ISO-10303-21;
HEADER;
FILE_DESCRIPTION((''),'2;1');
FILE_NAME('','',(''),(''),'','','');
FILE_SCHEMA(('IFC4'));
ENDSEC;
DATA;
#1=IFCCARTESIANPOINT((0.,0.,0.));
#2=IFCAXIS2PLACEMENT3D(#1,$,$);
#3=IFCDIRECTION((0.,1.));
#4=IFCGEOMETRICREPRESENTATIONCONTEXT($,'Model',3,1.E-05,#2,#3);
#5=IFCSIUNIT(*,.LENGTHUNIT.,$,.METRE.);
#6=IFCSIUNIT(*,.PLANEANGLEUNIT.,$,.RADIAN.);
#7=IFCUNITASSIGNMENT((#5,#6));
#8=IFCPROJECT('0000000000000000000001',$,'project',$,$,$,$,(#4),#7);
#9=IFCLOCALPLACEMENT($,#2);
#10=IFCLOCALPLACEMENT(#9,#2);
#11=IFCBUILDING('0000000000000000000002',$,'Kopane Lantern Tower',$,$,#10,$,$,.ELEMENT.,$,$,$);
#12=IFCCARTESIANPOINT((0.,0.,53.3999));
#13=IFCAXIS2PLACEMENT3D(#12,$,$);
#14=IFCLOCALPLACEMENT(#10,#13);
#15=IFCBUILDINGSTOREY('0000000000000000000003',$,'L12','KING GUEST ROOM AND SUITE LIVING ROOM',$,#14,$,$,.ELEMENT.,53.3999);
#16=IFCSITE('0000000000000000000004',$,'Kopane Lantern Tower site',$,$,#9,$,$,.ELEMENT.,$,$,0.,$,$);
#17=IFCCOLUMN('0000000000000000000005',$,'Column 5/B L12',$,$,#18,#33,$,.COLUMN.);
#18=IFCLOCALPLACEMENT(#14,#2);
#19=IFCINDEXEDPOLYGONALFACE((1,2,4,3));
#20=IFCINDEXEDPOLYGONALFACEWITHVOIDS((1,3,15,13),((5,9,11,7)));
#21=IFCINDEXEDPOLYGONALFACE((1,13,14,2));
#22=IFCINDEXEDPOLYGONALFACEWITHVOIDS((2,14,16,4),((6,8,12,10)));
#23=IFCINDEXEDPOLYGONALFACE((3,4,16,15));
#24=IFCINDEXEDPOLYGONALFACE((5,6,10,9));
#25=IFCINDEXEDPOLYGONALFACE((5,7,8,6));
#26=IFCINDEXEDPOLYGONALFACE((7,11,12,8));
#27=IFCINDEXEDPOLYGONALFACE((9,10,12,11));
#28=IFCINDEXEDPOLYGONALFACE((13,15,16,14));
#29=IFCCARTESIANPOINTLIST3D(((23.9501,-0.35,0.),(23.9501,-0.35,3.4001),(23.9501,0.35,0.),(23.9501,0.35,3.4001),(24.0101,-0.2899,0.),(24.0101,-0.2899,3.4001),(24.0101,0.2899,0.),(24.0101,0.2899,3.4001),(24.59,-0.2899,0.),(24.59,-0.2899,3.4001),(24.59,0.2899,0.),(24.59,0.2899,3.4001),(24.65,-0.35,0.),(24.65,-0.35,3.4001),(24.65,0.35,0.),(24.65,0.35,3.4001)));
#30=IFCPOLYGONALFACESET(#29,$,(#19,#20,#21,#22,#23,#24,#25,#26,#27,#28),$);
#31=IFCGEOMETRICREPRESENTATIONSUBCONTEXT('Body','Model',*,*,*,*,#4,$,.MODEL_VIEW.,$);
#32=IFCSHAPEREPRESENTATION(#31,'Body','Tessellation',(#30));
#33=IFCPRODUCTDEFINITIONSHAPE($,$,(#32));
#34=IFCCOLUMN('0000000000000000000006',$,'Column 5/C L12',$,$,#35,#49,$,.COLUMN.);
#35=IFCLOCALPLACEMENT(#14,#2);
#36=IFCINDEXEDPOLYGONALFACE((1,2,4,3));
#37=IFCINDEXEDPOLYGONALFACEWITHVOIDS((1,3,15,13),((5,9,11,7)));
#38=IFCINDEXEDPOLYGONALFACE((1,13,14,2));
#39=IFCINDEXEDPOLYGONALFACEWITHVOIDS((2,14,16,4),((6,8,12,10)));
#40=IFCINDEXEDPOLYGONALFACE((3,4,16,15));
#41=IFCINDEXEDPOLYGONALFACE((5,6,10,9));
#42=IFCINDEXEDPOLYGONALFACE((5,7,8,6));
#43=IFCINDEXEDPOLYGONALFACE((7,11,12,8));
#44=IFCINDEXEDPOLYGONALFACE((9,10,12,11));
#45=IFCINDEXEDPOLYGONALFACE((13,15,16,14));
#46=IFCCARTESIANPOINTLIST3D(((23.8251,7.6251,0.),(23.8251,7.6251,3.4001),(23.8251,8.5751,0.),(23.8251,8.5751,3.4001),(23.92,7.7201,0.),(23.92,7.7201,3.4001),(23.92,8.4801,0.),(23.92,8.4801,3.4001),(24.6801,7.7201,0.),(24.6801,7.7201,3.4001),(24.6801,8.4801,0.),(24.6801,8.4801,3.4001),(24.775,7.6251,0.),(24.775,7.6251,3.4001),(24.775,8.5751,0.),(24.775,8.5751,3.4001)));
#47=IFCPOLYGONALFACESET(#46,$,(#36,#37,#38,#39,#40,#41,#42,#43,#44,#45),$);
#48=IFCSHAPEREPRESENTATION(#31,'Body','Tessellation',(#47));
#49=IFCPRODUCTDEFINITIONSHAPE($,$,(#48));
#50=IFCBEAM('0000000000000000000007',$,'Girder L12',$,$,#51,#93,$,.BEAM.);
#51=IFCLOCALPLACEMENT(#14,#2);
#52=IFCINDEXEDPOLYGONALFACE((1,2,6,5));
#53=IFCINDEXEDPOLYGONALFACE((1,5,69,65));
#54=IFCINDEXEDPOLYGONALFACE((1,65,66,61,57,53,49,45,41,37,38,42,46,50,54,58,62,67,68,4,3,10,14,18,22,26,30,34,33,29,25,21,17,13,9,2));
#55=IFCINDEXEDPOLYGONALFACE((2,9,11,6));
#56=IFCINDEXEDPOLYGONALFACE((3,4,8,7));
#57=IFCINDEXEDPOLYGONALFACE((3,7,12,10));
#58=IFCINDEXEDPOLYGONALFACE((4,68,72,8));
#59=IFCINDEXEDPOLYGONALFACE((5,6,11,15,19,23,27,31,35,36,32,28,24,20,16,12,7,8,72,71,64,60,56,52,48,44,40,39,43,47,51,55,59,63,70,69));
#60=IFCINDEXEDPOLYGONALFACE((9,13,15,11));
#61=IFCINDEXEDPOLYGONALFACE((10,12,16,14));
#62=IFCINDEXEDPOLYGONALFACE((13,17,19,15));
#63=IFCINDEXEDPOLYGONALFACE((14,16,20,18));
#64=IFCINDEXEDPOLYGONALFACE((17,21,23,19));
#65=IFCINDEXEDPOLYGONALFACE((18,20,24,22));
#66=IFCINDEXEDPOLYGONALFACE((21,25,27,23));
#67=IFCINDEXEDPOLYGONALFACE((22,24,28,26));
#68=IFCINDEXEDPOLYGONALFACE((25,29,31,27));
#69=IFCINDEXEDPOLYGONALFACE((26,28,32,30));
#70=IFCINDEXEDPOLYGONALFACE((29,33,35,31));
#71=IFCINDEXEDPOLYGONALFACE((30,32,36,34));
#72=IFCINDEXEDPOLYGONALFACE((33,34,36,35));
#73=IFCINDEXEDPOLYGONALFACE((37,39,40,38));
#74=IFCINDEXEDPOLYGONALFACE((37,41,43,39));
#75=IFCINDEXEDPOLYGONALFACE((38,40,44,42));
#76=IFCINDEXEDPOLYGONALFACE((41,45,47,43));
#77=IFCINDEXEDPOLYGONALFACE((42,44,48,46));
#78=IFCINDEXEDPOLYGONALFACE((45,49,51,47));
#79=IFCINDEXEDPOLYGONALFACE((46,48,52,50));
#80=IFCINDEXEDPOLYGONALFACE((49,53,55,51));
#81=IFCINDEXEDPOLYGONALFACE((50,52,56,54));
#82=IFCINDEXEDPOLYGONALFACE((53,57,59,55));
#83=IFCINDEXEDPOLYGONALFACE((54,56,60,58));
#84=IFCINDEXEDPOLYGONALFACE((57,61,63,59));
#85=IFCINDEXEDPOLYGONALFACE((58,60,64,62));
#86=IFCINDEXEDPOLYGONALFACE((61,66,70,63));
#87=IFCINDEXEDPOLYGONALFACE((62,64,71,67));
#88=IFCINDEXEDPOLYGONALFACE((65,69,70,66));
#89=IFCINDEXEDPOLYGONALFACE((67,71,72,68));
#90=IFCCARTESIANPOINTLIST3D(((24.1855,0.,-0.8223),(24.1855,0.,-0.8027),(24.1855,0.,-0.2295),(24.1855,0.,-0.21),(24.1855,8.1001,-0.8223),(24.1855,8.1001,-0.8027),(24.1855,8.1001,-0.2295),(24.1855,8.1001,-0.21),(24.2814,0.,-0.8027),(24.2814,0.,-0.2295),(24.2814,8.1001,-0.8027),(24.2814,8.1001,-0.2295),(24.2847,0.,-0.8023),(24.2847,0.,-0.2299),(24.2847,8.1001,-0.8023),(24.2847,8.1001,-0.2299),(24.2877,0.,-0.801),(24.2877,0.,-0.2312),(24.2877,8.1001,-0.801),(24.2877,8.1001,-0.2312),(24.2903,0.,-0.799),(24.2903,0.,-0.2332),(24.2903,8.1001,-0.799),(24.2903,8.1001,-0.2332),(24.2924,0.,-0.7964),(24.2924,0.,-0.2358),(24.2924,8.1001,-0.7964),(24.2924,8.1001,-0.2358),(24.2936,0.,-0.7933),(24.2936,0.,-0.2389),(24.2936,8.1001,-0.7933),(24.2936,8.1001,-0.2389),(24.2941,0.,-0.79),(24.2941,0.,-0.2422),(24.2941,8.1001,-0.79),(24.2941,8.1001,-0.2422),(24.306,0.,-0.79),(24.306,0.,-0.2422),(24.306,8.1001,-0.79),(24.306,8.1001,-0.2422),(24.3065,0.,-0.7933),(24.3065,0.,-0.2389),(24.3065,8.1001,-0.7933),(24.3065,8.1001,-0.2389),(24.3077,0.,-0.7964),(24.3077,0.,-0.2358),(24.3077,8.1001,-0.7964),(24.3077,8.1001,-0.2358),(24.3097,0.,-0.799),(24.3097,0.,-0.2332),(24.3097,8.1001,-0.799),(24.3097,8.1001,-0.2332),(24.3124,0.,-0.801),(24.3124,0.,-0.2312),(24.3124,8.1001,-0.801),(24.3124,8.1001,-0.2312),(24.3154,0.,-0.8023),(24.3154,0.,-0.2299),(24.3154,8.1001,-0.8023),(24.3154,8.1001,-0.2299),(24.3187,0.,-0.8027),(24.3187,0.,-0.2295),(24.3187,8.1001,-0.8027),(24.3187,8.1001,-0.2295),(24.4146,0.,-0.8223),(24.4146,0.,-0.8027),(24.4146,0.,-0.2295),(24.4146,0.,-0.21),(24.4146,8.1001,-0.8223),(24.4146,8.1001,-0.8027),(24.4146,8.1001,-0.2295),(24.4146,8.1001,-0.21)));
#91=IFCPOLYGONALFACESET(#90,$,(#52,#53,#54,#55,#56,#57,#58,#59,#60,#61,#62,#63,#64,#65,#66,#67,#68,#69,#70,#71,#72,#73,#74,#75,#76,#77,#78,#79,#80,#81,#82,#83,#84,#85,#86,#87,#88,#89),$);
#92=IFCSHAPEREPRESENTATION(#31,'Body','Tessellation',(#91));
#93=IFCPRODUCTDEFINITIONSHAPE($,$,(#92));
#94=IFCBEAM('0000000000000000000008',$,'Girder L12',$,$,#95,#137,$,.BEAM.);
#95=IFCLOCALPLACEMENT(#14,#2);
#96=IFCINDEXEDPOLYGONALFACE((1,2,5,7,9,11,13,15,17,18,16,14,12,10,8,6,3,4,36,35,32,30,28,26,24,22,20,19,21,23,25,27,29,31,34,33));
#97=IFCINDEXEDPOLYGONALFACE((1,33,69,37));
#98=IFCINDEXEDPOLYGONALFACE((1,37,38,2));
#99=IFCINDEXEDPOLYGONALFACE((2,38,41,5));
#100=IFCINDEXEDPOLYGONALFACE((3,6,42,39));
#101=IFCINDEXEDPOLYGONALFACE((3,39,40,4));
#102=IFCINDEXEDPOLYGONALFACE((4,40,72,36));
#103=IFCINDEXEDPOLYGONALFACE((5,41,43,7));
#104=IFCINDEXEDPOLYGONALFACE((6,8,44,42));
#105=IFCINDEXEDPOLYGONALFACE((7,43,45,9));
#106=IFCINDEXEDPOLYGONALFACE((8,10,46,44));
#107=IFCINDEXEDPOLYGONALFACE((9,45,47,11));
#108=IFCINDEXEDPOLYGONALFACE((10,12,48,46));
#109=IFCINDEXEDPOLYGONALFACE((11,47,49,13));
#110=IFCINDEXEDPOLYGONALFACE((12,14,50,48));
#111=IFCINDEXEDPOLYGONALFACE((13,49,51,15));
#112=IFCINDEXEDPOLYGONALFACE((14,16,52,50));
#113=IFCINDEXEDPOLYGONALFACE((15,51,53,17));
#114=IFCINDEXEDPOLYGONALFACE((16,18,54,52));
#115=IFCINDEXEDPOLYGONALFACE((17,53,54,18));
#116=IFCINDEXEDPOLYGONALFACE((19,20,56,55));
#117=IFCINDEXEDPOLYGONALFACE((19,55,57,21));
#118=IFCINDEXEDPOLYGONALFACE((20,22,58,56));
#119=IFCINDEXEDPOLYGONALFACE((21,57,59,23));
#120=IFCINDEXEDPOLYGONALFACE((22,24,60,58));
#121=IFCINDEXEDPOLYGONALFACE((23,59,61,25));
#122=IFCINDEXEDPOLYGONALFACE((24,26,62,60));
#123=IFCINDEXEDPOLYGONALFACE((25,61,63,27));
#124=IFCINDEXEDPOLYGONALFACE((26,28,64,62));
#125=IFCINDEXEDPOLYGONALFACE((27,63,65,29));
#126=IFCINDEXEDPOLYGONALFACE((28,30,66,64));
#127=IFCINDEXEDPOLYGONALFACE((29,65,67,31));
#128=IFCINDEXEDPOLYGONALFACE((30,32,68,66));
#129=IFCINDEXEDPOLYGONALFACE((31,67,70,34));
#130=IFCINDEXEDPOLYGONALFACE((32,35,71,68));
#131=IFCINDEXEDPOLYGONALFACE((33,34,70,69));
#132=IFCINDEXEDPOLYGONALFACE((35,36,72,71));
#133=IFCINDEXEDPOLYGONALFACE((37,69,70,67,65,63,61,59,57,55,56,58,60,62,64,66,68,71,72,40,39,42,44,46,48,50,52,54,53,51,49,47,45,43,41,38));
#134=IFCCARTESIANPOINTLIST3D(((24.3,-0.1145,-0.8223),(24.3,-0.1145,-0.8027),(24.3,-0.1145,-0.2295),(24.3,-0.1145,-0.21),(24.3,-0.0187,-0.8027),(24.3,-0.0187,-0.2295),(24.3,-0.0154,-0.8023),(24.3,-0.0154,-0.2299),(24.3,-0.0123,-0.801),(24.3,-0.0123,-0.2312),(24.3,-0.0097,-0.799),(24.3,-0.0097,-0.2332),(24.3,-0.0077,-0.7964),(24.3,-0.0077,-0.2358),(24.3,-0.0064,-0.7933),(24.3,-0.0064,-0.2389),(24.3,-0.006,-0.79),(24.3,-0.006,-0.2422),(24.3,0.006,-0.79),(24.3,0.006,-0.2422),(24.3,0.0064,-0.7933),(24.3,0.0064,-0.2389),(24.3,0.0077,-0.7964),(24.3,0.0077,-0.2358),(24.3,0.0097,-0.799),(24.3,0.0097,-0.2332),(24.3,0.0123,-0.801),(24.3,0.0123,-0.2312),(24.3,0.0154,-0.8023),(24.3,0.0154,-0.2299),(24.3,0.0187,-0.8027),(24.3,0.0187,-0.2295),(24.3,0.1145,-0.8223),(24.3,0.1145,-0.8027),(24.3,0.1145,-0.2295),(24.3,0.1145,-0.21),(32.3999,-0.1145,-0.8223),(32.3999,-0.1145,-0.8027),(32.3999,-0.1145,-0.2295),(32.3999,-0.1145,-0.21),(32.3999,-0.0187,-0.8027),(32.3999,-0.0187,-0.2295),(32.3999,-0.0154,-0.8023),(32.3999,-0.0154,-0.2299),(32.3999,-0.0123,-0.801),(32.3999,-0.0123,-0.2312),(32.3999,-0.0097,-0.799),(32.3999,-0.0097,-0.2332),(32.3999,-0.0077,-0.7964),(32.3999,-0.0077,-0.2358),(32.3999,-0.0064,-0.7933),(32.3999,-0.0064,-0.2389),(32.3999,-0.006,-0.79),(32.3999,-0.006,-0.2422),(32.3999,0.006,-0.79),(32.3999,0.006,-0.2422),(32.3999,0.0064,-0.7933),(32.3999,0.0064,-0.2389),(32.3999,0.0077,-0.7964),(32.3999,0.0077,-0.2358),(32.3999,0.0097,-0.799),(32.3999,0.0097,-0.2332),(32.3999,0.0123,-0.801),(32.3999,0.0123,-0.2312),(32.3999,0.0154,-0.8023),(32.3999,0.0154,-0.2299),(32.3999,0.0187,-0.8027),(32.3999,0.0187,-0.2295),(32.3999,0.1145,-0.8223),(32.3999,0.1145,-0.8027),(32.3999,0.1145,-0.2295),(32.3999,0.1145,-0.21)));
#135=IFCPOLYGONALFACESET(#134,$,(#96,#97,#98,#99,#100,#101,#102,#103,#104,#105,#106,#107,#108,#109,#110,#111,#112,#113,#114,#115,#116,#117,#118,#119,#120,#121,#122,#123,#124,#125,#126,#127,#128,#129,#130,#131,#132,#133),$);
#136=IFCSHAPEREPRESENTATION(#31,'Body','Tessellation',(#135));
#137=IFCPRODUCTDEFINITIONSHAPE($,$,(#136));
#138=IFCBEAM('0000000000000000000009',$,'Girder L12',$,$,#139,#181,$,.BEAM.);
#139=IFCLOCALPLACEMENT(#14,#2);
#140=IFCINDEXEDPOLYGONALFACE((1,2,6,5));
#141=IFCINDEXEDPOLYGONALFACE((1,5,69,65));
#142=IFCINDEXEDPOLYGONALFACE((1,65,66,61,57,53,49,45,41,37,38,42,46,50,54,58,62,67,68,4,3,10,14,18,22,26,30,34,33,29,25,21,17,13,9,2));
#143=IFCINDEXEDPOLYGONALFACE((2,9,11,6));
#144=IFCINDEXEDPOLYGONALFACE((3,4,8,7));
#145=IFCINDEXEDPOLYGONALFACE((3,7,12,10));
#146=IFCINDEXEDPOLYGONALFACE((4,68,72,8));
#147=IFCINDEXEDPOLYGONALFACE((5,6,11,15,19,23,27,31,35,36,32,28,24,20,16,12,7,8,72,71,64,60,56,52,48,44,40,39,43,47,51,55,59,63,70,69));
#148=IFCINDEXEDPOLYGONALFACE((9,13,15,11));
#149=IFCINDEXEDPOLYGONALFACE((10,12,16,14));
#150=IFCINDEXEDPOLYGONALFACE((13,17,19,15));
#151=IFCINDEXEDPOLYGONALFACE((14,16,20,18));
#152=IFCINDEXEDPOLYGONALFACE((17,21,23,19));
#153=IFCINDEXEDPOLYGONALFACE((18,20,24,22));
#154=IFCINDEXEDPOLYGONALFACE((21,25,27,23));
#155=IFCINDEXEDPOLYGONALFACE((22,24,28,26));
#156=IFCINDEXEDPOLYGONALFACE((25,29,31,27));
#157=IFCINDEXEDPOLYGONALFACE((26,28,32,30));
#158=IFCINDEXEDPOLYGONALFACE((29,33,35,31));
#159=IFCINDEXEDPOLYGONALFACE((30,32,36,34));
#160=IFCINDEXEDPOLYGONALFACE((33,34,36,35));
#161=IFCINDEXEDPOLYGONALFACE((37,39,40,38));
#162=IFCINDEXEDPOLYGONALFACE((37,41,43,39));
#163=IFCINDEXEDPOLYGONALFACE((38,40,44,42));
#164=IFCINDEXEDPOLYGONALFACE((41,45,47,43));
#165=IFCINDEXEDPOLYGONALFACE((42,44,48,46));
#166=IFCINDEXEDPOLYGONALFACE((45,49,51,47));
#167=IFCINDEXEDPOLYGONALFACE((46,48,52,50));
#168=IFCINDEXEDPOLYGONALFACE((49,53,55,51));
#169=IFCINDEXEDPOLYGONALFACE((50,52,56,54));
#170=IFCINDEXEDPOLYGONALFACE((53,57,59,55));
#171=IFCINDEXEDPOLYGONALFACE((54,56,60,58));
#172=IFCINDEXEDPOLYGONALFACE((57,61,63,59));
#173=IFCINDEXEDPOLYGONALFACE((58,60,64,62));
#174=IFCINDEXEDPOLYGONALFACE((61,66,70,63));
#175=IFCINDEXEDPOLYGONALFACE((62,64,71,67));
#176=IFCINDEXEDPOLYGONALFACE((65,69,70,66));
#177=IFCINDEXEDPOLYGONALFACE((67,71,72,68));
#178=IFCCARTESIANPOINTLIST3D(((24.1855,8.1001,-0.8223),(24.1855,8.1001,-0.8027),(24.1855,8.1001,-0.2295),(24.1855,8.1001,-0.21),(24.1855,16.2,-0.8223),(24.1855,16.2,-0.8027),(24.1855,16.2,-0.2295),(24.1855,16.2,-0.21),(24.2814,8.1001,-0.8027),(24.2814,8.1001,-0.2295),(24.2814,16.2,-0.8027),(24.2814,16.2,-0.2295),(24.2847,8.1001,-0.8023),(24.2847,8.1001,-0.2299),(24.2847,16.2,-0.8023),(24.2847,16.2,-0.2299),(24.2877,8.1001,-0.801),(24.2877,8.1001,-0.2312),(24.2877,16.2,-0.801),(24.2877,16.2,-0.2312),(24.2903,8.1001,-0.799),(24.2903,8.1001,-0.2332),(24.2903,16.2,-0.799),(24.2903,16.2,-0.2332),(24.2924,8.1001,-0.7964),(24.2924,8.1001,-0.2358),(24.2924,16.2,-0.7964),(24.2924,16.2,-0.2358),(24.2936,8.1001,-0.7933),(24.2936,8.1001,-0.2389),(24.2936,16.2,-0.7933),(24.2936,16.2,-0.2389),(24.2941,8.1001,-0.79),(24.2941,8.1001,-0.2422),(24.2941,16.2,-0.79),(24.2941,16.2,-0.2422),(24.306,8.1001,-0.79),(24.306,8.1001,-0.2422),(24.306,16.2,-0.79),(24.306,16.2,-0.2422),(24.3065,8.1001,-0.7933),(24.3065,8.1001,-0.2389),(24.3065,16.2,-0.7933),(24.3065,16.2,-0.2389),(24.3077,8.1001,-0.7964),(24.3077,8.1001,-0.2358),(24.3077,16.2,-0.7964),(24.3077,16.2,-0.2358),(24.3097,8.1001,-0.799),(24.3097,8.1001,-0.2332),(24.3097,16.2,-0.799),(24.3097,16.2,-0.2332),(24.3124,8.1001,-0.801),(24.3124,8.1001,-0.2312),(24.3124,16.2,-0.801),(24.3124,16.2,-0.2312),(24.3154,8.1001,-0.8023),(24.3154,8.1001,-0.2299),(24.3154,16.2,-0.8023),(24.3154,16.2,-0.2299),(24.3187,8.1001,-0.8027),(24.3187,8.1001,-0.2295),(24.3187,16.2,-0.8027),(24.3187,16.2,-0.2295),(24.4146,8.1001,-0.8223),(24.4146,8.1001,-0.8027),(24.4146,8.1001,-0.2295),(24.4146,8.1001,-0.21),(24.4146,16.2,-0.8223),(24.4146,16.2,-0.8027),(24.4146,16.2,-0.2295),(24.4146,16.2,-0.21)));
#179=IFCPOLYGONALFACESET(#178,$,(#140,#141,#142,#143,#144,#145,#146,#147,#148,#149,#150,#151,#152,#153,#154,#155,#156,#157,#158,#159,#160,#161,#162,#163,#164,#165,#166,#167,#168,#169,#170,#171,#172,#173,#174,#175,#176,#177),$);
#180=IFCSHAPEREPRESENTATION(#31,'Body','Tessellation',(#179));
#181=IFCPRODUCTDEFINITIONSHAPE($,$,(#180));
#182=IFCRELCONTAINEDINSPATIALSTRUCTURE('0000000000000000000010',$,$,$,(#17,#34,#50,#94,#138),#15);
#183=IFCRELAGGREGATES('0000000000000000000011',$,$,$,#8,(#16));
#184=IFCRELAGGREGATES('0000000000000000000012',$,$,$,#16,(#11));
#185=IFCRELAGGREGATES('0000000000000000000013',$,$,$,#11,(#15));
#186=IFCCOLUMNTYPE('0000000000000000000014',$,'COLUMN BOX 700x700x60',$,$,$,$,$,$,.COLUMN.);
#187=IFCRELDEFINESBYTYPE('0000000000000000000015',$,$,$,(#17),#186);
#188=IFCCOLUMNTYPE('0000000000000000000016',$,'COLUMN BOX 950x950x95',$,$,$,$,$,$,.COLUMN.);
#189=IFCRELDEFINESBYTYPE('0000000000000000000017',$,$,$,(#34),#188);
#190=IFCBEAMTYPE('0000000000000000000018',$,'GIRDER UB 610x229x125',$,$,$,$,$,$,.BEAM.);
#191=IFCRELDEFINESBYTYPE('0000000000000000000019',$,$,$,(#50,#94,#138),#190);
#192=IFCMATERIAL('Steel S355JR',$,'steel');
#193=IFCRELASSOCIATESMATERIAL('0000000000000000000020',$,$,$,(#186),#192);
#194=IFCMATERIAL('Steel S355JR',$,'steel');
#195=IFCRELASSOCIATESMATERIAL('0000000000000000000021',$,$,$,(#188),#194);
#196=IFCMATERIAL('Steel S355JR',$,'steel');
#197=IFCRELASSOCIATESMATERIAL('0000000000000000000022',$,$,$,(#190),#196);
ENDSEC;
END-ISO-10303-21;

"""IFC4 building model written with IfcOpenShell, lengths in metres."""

from ifc_helpers import new_model, si_unit, direction, frame, origin, origin_2d, place, context, subcontext, project, spatial, hollow_rectangle, i_section, extrude, material, material_profile, profile_set, type_object, element, save


model = new_model("IFC4")

# Units and contexts
model_context = context("Model", 3, precision=1e-05, world=origin(), true_north=direction((0.0, 1.0)))
body_context = subcontext(model_context, "Body", "Model", "MODEL_VIEW")
ifc_project = project(units=[si_unit("LENGTHUNIT", "METRE"), si_unit("PLANEANGLEUNIT", "RADIAN")], contexts=[model_context])

# Site, building, storey
site_placement = place(None, origin())
site = spatial("IfcSite", under=ifc_project, at=site_placement, Name="Kopane Lantern Tower site", CompositionType="ELEMENT", RefElevation=0.0)
building_placement = place(site_placement, origin())
building = spatial("IfcBuilding", under=site, at=building_placement, Name="Kopane Lantern Tower", CompositionType="ELEMENT")
storey_placement = place(building_placement, frame((0.0, 0.0, 53.3999)))
storey = spatial("IfcBuildingStorey", under=building, at=storey_placement, Name="L12", Description="KING GUEST ROOM AND SUITE LIVING ROOM", CompositionType="ELEMENT", Elevation=53.3999)

# Columns
ifc_material_1 = material(Name="Steel S355JR", Category="steel")
ifc_material_profile_1 = material_profile(ifc_material_1, hollow_rectangle(XDim=0.7, YDim=0.7, WallThickness=0.0601, at=origin_2d()), Name="BOX 700x700x60")
ifc_profile_set_1 = profile_set([ifc_material_profile_1], Name="Steel S355JR")
column_type_1 = type_object("IfcColumnType", Name="COLUMN BOX 700x700x60", PredefinedType="COLUMN", material=ifc_profile_set_1)
column_1_placement = place(storey_placement, frame((24.3, 0.0, 0.0), z_axis=(0.0, 0.0, 1.0), x_axis=(1.0, 0.0, 0.0)))
element("IfcColumn", 1, at=column_1_placement, inside=storey, type_object=column_type_1, Name="Column 5/B L12", PredefinedType="COLUMN", context=body_context, shape_type="SweptSolid", body=[
    extrude(hollow_rectangle(XDim=0.7, YDim=0.7, WallThickness=0.0601, at=origin_2d()), origin(), (0.0, 0.0, 1.0), 3.4001),
])
ifc_material_2 = material(Name="Steel S355JR", Category="steel")
ifc_material_profile_2 = material_profile(ifc_material_2, hollow_rectangle(XDim=0.95, YDim=0.95, WallThickness=0.095, at=origin_2d()), Name="BOX 950x950x95")
ifc_profile_set_2 = profile_set([ifc_material_profile_2], Name="Steel S355JR")
column_type_2 = type_object("IfcColumnType", Name="COLUMN BOX 950x950x95", PredefinedType="COLUMN", material=ifc_profile_set_2)
column_2_placement = place(storey_placement, frame((24.3, 8.1001, 0.0), z_axis=(0.0, 0.0, 1.0), x_axis=(1.0, 0.0, 0.0)))
element("IfcColumn", 2, at=column_2_placement, inside=storey, type_object=column_type_2, Name="Column 5/C L12", PredefinedType="COLUMN", context=body_context, shape_type="SweptSolid", body=[
    extrude(hollow_rectangle(XDim=0.95, YDim=0.95, WallThickness=0.095, at=origin_2d()), origin(), (0.0, 0.0, 1.0), 3.4001),
])

# Beams
ifc_material_3 = material(Name="Steel S355JR", Category="steel")
ifc_material_profile_3 = material_profile(ifc_material_3, i_section(OverallWidth=0.229, OverallDepth=0.6123, WebThickness=0.012, FlangeThickness=0.0195, FilletRadius=0.0127, at=origin_2d()), Name="UB 610x229x125")
ifc_profile_set_3 = profile_set([ifc_material_profile_3], Name="Steel S355JR")
beam_type = type_object("IfcBeamType", Name="GIRDER UB 610x229x125", PredefinedType="BEAM", material=ifc_profile_set_3)
beam_placement = place(storey_placement, frame((24.3, 0.0, -0.5161), z_axis=(0.0, 1.0, 0.0), x_axis=(-1.0, 0.0, 0.0)))
element("IfcBeam", 3, at=beam_placement, inside=storey, type_object=beam_type, Name="Girder L12", PredefinedType="BEAM", context=body_context, shape_type="SweptSolid", body=[
    extrude(i_section(OverallWidth=0.229, OverallDepth=0.6123, WebThickness=0.012, FlangeThickness=0.0195, FilletRadius=0.0127, at=origin_2d()), origin(), (0.0, 0.0, 1.0), 8.1001),
])
for number, where, z_axis, x_axis, name in (
    (4, (24.3, 0.0, -0.5161), (1.0, 0.0, 0.0), (0.0, 1.0, 0.0), "Girder L12"),
    (5, (24.3, 8.1001, -0.5161), (0.0, 1.0, 0.0), (-1.0, 0.0, 0.0), "Girder L12"),
):
    element("IfcBeam", number, at=place(storey_placement, frame(where, z_axis=z_axis, x_axis=x_axis)), inside=storey, type_object=beam_type, Name=name, PredefinedType="BEAM", context=body_context, shape_type="SweptSolid", body=[
        extrude(i_section(OverallWidth=0.229, OverallDepth=0.6123, WebThickness=0.012, FlangeThickness=0.0195, FilletRadius=0.0127, at=origin_2d()), origin(), (0.0, 0.0, 1.0), 8.0999),
    ])

save(model, "model.ifc")
